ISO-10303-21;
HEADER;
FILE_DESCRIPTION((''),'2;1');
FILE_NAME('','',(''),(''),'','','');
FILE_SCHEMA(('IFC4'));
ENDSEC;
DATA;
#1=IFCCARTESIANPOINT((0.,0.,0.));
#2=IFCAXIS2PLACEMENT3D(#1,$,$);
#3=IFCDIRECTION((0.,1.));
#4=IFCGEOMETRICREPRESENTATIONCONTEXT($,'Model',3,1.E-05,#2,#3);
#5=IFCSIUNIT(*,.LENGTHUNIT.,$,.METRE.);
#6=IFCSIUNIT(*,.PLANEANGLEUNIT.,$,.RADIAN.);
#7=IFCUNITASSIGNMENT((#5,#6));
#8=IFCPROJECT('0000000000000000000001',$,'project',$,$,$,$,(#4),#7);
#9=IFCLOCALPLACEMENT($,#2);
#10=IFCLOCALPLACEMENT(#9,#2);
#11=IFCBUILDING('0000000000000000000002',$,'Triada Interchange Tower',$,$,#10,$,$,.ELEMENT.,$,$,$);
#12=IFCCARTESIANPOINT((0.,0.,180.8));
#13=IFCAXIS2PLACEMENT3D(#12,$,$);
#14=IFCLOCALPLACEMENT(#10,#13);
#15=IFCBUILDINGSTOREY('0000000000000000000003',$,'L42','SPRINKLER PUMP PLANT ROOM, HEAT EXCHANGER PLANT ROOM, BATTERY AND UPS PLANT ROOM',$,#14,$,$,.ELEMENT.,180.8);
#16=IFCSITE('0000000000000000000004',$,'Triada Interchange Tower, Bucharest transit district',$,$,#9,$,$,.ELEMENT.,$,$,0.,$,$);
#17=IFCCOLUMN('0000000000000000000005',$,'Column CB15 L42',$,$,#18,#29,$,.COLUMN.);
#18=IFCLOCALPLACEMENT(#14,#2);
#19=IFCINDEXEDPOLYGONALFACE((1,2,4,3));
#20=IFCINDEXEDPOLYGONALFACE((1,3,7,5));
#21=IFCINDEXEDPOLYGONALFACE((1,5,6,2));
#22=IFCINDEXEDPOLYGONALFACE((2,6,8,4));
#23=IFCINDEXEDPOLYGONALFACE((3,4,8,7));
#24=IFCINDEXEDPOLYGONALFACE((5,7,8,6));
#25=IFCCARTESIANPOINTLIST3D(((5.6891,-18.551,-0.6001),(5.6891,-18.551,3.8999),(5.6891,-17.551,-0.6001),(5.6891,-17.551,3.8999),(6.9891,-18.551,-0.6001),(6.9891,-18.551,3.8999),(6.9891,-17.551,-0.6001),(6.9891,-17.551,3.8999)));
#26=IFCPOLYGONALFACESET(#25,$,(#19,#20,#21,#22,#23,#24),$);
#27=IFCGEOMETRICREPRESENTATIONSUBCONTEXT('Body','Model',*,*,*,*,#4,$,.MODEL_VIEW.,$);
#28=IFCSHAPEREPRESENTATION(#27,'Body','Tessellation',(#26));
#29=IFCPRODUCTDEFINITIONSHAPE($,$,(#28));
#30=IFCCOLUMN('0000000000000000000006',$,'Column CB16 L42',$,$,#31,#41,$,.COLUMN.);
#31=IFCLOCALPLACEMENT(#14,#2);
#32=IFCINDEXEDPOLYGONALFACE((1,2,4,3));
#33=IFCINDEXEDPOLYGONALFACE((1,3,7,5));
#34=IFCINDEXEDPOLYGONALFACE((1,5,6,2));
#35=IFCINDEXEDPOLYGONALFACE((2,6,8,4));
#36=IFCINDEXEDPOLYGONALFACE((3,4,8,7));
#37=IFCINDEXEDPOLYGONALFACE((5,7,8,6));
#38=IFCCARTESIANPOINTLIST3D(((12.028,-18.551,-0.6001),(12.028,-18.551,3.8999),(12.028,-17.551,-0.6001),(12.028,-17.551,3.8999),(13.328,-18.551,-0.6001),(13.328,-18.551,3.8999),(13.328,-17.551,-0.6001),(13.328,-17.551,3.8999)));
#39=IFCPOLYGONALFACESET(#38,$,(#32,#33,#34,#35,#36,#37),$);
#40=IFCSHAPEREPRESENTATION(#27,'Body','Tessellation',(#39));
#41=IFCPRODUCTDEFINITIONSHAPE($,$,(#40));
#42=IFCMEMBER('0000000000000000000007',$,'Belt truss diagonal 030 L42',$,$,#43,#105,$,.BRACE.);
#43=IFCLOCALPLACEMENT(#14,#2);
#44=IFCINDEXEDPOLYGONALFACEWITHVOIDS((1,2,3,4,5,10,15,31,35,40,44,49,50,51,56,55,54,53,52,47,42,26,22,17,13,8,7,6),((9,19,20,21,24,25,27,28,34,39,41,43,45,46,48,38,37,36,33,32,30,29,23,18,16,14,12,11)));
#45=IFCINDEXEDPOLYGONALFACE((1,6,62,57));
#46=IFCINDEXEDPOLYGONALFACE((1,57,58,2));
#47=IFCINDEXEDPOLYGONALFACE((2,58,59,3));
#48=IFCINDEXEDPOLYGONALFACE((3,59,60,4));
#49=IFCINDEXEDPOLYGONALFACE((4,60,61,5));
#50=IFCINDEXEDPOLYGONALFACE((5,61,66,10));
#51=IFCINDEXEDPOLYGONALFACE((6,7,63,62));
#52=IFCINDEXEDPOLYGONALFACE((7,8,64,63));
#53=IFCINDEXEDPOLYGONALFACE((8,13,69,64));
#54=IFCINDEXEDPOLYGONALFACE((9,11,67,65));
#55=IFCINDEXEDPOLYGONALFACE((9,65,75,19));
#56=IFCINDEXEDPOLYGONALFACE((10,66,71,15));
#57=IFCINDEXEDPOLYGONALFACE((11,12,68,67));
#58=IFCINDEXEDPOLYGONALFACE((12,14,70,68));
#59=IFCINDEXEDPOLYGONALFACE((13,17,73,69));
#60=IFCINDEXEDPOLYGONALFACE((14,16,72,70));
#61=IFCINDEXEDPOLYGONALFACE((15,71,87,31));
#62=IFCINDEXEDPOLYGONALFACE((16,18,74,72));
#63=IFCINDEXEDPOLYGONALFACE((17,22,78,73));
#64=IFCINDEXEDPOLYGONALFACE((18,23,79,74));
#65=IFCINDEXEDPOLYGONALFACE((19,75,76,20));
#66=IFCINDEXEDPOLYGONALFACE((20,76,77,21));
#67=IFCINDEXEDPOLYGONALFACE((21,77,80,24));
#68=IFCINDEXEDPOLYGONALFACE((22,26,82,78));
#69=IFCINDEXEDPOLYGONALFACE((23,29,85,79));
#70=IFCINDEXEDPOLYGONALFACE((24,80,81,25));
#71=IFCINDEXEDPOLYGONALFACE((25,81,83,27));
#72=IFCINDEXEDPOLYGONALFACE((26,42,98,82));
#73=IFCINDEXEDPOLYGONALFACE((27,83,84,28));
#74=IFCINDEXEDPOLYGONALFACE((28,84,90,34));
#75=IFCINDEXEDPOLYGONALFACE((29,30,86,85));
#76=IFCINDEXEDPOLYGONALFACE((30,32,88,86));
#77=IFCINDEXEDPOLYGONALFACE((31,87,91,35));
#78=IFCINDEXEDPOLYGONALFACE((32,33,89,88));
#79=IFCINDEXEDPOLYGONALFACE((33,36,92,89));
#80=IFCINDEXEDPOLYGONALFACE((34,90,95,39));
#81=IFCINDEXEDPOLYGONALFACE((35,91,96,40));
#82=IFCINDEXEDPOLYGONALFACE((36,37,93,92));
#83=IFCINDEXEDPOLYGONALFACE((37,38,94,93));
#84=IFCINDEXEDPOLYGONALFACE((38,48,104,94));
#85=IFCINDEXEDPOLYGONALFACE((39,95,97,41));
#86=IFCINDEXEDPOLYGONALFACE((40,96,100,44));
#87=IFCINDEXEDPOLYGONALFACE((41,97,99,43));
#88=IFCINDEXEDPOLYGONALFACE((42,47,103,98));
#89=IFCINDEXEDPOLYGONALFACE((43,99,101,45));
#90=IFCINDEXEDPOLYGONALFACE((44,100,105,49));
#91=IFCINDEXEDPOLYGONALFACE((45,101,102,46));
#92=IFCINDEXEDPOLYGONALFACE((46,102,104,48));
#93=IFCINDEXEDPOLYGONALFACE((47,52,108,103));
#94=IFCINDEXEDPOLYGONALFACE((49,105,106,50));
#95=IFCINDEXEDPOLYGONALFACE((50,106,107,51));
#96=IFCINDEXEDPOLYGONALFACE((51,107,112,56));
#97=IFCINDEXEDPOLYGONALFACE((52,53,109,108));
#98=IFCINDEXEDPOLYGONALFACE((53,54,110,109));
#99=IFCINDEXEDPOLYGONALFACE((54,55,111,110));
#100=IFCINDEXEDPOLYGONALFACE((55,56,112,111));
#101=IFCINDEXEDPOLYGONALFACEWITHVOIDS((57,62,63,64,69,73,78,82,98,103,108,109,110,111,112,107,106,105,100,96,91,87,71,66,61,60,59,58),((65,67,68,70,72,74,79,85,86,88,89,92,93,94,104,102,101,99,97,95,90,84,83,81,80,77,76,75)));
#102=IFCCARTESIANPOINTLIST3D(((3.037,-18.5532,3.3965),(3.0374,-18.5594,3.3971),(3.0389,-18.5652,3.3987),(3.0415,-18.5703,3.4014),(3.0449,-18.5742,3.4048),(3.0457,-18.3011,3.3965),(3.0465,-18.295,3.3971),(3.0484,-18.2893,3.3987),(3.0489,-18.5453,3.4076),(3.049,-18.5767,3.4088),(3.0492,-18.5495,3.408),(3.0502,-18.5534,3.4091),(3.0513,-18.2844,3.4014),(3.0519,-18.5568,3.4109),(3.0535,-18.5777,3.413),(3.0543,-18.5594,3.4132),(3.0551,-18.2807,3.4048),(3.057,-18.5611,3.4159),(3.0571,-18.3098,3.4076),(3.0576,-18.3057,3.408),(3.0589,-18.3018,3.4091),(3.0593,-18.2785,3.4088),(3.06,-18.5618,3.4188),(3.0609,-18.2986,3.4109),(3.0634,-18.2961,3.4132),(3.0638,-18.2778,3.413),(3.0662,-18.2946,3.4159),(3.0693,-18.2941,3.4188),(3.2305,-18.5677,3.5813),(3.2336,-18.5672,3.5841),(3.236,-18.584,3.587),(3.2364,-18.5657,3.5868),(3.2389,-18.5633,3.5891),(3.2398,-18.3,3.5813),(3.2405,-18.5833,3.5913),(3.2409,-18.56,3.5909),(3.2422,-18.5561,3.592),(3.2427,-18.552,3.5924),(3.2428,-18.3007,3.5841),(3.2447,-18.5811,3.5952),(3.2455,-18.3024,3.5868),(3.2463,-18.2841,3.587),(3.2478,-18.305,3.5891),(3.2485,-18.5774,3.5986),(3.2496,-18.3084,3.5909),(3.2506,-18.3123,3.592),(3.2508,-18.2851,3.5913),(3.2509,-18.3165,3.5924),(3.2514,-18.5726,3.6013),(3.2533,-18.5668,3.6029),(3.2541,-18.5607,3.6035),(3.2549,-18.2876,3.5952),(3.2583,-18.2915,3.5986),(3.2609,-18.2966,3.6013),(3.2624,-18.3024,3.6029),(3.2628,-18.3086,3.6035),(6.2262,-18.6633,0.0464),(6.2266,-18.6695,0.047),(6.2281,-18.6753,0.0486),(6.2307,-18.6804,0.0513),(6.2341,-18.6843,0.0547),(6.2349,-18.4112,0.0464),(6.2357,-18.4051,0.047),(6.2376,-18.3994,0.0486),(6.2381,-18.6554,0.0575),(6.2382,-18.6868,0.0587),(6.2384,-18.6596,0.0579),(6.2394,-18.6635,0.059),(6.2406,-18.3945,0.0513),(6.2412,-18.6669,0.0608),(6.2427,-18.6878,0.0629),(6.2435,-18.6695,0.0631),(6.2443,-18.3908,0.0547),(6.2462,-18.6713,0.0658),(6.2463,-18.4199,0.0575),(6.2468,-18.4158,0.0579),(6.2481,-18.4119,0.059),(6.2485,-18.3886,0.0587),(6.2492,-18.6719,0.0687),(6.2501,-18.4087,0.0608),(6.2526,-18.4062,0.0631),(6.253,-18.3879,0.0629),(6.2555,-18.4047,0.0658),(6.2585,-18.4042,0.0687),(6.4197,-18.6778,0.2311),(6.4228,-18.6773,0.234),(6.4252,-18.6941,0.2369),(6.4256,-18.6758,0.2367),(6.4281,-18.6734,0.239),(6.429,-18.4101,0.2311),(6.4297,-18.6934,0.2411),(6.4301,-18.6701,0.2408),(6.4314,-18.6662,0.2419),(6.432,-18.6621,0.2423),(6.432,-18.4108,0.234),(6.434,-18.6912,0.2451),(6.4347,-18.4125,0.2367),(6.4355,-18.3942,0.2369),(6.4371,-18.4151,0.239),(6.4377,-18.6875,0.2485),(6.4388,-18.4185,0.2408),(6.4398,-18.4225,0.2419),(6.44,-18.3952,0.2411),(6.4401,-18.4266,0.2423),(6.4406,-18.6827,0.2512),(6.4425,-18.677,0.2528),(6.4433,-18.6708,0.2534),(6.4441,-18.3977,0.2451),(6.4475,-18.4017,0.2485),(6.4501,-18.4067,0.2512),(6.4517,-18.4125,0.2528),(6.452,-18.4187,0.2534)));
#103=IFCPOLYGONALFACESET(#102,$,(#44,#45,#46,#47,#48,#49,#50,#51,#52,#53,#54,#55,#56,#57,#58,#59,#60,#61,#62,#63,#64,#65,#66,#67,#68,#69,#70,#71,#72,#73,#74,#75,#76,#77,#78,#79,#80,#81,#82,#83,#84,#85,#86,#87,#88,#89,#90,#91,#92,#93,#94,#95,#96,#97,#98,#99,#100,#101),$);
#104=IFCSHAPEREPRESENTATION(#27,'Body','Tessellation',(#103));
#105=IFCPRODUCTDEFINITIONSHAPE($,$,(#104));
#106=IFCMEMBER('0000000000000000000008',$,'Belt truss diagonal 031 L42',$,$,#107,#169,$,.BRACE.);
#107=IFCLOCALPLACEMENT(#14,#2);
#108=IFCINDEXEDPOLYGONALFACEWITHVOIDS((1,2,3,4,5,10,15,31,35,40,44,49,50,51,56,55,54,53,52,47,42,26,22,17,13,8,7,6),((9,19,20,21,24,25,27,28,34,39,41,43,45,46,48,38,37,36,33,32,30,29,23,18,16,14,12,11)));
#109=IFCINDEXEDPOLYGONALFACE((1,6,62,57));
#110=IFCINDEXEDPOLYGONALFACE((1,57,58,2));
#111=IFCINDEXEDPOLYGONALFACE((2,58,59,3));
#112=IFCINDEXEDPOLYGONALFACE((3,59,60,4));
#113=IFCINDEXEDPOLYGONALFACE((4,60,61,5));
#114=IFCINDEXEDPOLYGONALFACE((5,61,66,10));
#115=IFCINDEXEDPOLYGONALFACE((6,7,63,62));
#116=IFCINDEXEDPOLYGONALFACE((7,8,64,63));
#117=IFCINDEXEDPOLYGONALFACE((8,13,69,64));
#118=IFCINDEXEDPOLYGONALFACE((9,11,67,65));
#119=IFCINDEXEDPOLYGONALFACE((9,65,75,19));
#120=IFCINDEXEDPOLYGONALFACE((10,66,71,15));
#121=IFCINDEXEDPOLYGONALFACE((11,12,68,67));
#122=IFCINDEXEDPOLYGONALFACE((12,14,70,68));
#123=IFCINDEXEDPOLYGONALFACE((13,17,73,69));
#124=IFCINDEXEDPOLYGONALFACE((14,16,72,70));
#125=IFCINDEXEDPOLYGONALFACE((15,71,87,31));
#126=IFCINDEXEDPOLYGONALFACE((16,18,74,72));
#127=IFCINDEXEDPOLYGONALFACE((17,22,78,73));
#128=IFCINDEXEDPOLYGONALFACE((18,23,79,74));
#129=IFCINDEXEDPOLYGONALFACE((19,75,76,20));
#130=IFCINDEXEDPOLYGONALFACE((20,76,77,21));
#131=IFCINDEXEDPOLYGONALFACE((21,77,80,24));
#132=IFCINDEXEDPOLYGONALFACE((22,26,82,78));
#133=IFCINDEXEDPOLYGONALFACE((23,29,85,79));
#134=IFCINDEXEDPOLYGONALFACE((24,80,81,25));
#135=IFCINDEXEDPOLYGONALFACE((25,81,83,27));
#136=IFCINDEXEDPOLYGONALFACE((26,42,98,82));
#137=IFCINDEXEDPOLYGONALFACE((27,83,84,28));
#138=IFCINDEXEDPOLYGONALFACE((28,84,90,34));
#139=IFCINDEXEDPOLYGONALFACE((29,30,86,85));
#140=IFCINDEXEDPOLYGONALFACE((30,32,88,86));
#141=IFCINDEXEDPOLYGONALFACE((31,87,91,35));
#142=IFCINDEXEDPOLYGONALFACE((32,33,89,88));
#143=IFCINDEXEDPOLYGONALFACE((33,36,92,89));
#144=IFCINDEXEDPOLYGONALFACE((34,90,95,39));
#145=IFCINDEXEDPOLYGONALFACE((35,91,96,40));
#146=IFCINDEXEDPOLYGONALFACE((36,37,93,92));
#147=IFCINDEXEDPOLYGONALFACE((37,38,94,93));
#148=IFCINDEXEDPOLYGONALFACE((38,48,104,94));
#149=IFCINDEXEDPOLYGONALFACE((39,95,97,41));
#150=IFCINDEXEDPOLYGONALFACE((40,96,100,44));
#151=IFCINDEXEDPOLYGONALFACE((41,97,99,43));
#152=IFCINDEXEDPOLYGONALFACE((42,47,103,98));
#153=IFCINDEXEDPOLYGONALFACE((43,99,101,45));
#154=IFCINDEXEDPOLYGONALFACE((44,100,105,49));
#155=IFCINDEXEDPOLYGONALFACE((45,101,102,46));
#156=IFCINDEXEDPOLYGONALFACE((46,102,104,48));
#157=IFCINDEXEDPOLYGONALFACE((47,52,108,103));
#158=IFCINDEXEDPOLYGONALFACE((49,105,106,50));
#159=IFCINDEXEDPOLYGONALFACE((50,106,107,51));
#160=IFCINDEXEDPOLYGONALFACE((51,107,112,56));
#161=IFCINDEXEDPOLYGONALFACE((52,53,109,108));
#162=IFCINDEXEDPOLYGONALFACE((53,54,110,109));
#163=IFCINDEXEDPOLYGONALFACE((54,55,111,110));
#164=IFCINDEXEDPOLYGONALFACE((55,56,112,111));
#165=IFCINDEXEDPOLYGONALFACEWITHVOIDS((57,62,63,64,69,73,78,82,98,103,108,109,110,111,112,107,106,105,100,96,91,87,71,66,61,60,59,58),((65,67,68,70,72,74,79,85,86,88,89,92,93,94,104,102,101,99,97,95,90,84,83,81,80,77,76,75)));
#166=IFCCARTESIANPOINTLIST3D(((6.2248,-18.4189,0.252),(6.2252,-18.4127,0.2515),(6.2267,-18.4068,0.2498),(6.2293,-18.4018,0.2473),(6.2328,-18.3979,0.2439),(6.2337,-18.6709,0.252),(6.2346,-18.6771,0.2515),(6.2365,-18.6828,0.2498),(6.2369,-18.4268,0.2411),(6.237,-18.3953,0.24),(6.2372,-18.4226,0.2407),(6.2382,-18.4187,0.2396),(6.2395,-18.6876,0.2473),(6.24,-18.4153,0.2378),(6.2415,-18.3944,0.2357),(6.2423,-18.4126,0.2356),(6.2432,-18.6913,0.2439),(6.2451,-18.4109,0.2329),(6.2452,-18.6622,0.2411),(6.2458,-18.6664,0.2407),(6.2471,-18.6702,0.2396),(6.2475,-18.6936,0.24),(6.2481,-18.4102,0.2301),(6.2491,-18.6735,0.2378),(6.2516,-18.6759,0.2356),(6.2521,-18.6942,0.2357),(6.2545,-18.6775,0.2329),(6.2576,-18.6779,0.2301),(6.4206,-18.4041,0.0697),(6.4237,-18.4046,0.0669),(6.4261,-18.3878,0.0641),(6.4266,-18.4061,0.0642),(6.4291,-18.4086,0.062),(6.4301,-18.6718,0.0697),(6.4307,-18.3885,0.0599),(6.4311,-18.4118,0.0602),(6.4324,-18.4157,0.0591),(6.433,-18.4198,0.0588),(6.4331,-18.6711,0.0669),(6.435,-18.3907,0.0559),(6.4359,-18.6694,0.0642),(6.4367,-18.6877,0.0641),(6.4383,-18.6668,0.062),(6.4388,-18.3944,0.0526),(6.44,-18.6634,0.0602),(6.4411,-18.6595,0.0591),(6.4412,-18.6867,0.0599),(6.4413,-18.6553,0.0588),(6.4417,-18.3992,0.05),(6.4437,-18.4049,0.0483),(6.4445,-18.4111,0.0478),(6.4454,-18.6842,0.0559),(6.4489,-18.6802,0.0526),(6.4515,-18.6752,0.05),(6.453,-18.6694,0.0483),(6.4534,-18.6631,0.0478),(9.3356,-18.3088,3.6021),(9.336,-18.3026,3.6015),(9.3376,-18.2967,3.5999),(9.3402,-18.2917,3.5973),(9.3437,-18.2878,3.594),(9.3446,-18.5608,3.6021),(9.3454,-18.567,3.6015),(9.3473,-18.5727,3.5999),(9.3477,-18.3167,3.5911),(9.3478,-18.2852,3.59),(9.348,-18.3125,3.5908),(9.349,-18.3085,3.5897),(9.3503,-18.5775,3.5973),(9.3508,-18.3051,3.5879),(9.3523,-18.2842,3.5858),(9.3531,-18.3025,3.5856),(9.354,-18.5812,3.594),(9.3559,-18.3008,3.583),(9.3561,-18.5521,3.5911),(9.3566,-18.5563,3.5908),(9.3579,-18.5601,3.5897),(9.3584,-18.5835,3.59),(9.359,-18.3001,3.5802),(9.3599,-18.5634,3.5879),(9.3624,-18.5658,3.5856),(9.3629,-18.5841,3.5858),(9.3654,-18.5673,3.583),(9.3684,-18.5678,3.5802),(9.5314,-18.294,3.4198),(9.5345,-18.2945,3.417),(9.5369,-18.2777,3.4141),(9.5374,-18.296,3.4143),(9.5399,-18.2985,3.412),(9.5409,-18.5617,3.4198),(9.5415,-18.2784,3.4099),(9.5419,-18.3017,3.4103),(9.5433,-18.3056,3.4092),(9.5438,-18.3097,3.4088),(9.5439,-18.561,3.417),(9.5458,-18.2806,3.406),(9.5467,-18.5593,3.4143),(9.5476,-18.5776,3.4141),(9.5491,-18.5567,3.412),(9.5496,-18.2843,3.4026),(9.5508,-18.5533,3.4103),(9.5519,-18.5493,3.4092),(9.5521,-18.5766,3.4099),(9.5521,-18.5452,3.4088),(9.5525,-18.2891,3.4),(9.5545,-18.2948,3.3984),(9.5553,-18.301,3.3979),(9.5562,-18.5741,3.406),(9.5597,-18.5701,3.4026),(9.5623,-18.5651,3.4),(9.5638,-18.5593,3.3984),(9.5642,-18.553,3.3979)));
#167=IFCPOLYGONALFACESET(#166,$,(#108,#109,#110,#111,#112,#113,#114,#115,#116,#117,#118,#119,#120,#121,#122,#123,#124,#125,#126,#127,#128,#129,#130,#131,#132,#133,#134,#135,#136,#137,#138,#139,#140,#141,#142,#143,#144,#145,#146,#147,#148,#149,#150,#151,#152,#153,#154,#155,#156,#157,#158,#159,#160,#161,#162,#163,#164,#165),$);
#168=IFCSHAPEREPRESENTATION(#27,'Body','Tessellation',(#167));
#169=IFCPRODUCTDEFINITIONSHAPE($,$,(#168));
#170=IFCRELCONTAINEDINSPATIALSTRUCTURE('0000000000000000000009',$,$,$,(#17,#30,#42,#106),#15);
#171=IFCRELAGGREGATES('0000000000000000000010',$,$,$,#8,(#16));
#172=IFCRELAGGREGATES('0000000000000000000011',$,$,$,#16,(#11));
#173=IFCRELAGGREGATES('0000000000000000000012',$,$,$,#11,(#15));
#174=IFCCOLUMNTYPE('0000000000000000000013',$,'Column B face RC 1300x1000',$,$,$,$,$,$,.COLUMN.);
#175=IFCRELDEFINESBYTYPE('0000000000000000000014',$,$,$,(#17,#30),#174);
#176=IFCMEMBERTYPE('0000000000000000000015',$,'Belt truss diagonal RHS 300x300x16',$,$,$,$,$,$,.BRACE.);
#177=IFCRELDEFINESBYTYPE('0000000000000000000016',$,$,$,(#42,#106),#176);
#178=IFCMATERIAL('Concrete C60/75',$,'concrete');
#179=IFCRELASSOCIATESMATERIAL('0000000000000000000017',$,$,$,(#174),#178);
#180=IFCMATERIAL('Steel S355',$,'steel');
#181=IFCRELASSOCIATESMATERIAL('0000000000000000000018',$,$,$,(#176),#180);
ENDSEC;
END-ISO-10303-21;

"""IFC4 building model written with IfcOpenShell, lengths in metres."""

from ifc_helpers import new_model, si_unit, direction, frame, origin, origin_2d, place, context, subcontext, project, spatial, rectangle, hollow_rectangle, extrude, material, material_profile, profile_set, type_object, element, save


model = new_model("IFC4")

# Units and contexts
model_context = context("Model", 3, precision=1e-05, world=origin(), true_north=direction((0.0, 1.0)))
body_context = subcontext(model_context, "Body", "Model", "MODEL_VIEW")
ifc_project = project(units=[si_unit("LENGTHUNIT", "METRE"), si_unit("PLANEANGLEUNIT", "RADIAN")], contexts=[model_context])

# Site, building, storey
site_placement = place(None, origin())
site = spatial("IfcSite", under=ifc_project, at=site_placement, Name="Triada Interchange Tower, Bucharest transit district", CompositionType="ELEMENT", RefElevation=0.0)
building_placement = place(site_placement, origin())
building = spatial("IfcBuilding", under=site, at=building_placement, Name="Triada Interchange Tower", CompositionType="ELEMENT")
storey_placement = place(building_placement, frame((0.0, 0.0, 180.8)))
storey = spatial("IfcBuildingStorey", under=building, at=storey_placement, Name="L42", Description="SPRINKLER PUMP PLANT ROOM, HEAT EXCHANGER PLANT ROOM, BATTERY AND UPS PLANT ROOM", CompositionType="ELEMENT", Elevation=180.8)

# Columns
ifc_material_1 = material(Name="Concrete C60/75", Category="concrete")
ifc_material_profile_1 = material_profile(ifc_material_1, rectangle(XDim=1.3, YDim=1.0, at=origin_2d()), Name="RC 1300x1000")
ifc_profile_set_1 = profile_set([ifc_material_profile_1], Name="Concrete C60/75")
column_type = type_object("IfcColumnType", Name="Column B face RC 1300x1000", PredefinedType="COLUMN", material=ifc_profile_set_1)
for number, where, z_axis, x_axis, name in (
    (1, (6.3391, -18.051, -0.6001), (0.0, 0.0, 1.0), (1.0, 0.0, 0.0), "Column CB15 L42"),
    (2, (12.678, -18.051, -0.6001), (0.0, 0.0, 1.0), (1.0, 0.0, 0.0), "Column CB16 L42"),
):
    element("IfcColumn", number, at=place(storey_placement, frame(where, z_axis=z_axis, x_axis=x_axis)), inside=storey, type_object=column_type, Name=name, PredefinedType="COLUMN", context=body_context, shape_type="SweptSolid", body=[
        extrude(rectangle(XDim=1.3, YDim=1.0, at=origin_2d()), origin(), (0.0, 0.0, 1.0), 4.5),
    ])

# Members
ifc_material_2 = material(Name="Steel S355", Category="steel")
ifc_material_profile_2 = material_profile(ifc_material_2, hollow_rectangle(XDim=0.3, YDim=0.3, WallThickness=0.0161, InnerFilletRadius=0.0161, OuterFilletRadius=0.0239, at=origin_2d()), Name="RHS 300x300x16")
ifc_profile_set_2 = profile_set([ifc_material_profile_2], Name="Steel S355")
member_type_1 = type_object("IfcMemberType", Name="Belt truss diagonal RHS 300x300x16", PredefinedType="BRACE", material=ifc_profile_set_2)
member_1_placement = place(storey_placement, frame((6.3391, -18.541, 0.1499), z_axis=(-0.689306, 0.023798, 0.72408), x_axis=(-0.034504, -0.999405, 0.0)))
element("IfcMember", 3, at=member_1_placement, inside=storey, type_object=member_type_1, Name="Belt truss diagonal 030 L42", PredefinedType="BRACE", context=body_context, shape_type="SweptSolid", body=[
    extrude(hollow_rectangle(XDim=0.3, YDim=0.3, WallThickness=0.0161, InnerFilletRadius=0.0161, OuterFilletRadius=0.0239, at=origin_2d()), origin(), (0.0, 0.0, 1.0), 4.6267),
])
member_2_placement = place(storey_placement, frame((6.3391, -18.541, 0.1499), z_axis=(0.680258, 0.024078, 0.732577), x_axis=(-0.035373, 0.999374, 0.0)))
element("IfcMember", 4, at=member_2_placement, inside=storey, type_object=member_type_1, Name="Belt truss diagonal 031 L42", PredefinedType="BRACE", context=body_context, shape_type="SweptSolid", body=[
    extrude(hollow_rectangle(XDim=0.3, YDim=0.3, WallThickness=0.0161, InnerFilletRadius=0.0161, OuterFilletRadius=0.0239, at=origin_2d()), origin(), (0.0, 0.0, 1.0), 4.573),
])

save(model, "model.ifc")
